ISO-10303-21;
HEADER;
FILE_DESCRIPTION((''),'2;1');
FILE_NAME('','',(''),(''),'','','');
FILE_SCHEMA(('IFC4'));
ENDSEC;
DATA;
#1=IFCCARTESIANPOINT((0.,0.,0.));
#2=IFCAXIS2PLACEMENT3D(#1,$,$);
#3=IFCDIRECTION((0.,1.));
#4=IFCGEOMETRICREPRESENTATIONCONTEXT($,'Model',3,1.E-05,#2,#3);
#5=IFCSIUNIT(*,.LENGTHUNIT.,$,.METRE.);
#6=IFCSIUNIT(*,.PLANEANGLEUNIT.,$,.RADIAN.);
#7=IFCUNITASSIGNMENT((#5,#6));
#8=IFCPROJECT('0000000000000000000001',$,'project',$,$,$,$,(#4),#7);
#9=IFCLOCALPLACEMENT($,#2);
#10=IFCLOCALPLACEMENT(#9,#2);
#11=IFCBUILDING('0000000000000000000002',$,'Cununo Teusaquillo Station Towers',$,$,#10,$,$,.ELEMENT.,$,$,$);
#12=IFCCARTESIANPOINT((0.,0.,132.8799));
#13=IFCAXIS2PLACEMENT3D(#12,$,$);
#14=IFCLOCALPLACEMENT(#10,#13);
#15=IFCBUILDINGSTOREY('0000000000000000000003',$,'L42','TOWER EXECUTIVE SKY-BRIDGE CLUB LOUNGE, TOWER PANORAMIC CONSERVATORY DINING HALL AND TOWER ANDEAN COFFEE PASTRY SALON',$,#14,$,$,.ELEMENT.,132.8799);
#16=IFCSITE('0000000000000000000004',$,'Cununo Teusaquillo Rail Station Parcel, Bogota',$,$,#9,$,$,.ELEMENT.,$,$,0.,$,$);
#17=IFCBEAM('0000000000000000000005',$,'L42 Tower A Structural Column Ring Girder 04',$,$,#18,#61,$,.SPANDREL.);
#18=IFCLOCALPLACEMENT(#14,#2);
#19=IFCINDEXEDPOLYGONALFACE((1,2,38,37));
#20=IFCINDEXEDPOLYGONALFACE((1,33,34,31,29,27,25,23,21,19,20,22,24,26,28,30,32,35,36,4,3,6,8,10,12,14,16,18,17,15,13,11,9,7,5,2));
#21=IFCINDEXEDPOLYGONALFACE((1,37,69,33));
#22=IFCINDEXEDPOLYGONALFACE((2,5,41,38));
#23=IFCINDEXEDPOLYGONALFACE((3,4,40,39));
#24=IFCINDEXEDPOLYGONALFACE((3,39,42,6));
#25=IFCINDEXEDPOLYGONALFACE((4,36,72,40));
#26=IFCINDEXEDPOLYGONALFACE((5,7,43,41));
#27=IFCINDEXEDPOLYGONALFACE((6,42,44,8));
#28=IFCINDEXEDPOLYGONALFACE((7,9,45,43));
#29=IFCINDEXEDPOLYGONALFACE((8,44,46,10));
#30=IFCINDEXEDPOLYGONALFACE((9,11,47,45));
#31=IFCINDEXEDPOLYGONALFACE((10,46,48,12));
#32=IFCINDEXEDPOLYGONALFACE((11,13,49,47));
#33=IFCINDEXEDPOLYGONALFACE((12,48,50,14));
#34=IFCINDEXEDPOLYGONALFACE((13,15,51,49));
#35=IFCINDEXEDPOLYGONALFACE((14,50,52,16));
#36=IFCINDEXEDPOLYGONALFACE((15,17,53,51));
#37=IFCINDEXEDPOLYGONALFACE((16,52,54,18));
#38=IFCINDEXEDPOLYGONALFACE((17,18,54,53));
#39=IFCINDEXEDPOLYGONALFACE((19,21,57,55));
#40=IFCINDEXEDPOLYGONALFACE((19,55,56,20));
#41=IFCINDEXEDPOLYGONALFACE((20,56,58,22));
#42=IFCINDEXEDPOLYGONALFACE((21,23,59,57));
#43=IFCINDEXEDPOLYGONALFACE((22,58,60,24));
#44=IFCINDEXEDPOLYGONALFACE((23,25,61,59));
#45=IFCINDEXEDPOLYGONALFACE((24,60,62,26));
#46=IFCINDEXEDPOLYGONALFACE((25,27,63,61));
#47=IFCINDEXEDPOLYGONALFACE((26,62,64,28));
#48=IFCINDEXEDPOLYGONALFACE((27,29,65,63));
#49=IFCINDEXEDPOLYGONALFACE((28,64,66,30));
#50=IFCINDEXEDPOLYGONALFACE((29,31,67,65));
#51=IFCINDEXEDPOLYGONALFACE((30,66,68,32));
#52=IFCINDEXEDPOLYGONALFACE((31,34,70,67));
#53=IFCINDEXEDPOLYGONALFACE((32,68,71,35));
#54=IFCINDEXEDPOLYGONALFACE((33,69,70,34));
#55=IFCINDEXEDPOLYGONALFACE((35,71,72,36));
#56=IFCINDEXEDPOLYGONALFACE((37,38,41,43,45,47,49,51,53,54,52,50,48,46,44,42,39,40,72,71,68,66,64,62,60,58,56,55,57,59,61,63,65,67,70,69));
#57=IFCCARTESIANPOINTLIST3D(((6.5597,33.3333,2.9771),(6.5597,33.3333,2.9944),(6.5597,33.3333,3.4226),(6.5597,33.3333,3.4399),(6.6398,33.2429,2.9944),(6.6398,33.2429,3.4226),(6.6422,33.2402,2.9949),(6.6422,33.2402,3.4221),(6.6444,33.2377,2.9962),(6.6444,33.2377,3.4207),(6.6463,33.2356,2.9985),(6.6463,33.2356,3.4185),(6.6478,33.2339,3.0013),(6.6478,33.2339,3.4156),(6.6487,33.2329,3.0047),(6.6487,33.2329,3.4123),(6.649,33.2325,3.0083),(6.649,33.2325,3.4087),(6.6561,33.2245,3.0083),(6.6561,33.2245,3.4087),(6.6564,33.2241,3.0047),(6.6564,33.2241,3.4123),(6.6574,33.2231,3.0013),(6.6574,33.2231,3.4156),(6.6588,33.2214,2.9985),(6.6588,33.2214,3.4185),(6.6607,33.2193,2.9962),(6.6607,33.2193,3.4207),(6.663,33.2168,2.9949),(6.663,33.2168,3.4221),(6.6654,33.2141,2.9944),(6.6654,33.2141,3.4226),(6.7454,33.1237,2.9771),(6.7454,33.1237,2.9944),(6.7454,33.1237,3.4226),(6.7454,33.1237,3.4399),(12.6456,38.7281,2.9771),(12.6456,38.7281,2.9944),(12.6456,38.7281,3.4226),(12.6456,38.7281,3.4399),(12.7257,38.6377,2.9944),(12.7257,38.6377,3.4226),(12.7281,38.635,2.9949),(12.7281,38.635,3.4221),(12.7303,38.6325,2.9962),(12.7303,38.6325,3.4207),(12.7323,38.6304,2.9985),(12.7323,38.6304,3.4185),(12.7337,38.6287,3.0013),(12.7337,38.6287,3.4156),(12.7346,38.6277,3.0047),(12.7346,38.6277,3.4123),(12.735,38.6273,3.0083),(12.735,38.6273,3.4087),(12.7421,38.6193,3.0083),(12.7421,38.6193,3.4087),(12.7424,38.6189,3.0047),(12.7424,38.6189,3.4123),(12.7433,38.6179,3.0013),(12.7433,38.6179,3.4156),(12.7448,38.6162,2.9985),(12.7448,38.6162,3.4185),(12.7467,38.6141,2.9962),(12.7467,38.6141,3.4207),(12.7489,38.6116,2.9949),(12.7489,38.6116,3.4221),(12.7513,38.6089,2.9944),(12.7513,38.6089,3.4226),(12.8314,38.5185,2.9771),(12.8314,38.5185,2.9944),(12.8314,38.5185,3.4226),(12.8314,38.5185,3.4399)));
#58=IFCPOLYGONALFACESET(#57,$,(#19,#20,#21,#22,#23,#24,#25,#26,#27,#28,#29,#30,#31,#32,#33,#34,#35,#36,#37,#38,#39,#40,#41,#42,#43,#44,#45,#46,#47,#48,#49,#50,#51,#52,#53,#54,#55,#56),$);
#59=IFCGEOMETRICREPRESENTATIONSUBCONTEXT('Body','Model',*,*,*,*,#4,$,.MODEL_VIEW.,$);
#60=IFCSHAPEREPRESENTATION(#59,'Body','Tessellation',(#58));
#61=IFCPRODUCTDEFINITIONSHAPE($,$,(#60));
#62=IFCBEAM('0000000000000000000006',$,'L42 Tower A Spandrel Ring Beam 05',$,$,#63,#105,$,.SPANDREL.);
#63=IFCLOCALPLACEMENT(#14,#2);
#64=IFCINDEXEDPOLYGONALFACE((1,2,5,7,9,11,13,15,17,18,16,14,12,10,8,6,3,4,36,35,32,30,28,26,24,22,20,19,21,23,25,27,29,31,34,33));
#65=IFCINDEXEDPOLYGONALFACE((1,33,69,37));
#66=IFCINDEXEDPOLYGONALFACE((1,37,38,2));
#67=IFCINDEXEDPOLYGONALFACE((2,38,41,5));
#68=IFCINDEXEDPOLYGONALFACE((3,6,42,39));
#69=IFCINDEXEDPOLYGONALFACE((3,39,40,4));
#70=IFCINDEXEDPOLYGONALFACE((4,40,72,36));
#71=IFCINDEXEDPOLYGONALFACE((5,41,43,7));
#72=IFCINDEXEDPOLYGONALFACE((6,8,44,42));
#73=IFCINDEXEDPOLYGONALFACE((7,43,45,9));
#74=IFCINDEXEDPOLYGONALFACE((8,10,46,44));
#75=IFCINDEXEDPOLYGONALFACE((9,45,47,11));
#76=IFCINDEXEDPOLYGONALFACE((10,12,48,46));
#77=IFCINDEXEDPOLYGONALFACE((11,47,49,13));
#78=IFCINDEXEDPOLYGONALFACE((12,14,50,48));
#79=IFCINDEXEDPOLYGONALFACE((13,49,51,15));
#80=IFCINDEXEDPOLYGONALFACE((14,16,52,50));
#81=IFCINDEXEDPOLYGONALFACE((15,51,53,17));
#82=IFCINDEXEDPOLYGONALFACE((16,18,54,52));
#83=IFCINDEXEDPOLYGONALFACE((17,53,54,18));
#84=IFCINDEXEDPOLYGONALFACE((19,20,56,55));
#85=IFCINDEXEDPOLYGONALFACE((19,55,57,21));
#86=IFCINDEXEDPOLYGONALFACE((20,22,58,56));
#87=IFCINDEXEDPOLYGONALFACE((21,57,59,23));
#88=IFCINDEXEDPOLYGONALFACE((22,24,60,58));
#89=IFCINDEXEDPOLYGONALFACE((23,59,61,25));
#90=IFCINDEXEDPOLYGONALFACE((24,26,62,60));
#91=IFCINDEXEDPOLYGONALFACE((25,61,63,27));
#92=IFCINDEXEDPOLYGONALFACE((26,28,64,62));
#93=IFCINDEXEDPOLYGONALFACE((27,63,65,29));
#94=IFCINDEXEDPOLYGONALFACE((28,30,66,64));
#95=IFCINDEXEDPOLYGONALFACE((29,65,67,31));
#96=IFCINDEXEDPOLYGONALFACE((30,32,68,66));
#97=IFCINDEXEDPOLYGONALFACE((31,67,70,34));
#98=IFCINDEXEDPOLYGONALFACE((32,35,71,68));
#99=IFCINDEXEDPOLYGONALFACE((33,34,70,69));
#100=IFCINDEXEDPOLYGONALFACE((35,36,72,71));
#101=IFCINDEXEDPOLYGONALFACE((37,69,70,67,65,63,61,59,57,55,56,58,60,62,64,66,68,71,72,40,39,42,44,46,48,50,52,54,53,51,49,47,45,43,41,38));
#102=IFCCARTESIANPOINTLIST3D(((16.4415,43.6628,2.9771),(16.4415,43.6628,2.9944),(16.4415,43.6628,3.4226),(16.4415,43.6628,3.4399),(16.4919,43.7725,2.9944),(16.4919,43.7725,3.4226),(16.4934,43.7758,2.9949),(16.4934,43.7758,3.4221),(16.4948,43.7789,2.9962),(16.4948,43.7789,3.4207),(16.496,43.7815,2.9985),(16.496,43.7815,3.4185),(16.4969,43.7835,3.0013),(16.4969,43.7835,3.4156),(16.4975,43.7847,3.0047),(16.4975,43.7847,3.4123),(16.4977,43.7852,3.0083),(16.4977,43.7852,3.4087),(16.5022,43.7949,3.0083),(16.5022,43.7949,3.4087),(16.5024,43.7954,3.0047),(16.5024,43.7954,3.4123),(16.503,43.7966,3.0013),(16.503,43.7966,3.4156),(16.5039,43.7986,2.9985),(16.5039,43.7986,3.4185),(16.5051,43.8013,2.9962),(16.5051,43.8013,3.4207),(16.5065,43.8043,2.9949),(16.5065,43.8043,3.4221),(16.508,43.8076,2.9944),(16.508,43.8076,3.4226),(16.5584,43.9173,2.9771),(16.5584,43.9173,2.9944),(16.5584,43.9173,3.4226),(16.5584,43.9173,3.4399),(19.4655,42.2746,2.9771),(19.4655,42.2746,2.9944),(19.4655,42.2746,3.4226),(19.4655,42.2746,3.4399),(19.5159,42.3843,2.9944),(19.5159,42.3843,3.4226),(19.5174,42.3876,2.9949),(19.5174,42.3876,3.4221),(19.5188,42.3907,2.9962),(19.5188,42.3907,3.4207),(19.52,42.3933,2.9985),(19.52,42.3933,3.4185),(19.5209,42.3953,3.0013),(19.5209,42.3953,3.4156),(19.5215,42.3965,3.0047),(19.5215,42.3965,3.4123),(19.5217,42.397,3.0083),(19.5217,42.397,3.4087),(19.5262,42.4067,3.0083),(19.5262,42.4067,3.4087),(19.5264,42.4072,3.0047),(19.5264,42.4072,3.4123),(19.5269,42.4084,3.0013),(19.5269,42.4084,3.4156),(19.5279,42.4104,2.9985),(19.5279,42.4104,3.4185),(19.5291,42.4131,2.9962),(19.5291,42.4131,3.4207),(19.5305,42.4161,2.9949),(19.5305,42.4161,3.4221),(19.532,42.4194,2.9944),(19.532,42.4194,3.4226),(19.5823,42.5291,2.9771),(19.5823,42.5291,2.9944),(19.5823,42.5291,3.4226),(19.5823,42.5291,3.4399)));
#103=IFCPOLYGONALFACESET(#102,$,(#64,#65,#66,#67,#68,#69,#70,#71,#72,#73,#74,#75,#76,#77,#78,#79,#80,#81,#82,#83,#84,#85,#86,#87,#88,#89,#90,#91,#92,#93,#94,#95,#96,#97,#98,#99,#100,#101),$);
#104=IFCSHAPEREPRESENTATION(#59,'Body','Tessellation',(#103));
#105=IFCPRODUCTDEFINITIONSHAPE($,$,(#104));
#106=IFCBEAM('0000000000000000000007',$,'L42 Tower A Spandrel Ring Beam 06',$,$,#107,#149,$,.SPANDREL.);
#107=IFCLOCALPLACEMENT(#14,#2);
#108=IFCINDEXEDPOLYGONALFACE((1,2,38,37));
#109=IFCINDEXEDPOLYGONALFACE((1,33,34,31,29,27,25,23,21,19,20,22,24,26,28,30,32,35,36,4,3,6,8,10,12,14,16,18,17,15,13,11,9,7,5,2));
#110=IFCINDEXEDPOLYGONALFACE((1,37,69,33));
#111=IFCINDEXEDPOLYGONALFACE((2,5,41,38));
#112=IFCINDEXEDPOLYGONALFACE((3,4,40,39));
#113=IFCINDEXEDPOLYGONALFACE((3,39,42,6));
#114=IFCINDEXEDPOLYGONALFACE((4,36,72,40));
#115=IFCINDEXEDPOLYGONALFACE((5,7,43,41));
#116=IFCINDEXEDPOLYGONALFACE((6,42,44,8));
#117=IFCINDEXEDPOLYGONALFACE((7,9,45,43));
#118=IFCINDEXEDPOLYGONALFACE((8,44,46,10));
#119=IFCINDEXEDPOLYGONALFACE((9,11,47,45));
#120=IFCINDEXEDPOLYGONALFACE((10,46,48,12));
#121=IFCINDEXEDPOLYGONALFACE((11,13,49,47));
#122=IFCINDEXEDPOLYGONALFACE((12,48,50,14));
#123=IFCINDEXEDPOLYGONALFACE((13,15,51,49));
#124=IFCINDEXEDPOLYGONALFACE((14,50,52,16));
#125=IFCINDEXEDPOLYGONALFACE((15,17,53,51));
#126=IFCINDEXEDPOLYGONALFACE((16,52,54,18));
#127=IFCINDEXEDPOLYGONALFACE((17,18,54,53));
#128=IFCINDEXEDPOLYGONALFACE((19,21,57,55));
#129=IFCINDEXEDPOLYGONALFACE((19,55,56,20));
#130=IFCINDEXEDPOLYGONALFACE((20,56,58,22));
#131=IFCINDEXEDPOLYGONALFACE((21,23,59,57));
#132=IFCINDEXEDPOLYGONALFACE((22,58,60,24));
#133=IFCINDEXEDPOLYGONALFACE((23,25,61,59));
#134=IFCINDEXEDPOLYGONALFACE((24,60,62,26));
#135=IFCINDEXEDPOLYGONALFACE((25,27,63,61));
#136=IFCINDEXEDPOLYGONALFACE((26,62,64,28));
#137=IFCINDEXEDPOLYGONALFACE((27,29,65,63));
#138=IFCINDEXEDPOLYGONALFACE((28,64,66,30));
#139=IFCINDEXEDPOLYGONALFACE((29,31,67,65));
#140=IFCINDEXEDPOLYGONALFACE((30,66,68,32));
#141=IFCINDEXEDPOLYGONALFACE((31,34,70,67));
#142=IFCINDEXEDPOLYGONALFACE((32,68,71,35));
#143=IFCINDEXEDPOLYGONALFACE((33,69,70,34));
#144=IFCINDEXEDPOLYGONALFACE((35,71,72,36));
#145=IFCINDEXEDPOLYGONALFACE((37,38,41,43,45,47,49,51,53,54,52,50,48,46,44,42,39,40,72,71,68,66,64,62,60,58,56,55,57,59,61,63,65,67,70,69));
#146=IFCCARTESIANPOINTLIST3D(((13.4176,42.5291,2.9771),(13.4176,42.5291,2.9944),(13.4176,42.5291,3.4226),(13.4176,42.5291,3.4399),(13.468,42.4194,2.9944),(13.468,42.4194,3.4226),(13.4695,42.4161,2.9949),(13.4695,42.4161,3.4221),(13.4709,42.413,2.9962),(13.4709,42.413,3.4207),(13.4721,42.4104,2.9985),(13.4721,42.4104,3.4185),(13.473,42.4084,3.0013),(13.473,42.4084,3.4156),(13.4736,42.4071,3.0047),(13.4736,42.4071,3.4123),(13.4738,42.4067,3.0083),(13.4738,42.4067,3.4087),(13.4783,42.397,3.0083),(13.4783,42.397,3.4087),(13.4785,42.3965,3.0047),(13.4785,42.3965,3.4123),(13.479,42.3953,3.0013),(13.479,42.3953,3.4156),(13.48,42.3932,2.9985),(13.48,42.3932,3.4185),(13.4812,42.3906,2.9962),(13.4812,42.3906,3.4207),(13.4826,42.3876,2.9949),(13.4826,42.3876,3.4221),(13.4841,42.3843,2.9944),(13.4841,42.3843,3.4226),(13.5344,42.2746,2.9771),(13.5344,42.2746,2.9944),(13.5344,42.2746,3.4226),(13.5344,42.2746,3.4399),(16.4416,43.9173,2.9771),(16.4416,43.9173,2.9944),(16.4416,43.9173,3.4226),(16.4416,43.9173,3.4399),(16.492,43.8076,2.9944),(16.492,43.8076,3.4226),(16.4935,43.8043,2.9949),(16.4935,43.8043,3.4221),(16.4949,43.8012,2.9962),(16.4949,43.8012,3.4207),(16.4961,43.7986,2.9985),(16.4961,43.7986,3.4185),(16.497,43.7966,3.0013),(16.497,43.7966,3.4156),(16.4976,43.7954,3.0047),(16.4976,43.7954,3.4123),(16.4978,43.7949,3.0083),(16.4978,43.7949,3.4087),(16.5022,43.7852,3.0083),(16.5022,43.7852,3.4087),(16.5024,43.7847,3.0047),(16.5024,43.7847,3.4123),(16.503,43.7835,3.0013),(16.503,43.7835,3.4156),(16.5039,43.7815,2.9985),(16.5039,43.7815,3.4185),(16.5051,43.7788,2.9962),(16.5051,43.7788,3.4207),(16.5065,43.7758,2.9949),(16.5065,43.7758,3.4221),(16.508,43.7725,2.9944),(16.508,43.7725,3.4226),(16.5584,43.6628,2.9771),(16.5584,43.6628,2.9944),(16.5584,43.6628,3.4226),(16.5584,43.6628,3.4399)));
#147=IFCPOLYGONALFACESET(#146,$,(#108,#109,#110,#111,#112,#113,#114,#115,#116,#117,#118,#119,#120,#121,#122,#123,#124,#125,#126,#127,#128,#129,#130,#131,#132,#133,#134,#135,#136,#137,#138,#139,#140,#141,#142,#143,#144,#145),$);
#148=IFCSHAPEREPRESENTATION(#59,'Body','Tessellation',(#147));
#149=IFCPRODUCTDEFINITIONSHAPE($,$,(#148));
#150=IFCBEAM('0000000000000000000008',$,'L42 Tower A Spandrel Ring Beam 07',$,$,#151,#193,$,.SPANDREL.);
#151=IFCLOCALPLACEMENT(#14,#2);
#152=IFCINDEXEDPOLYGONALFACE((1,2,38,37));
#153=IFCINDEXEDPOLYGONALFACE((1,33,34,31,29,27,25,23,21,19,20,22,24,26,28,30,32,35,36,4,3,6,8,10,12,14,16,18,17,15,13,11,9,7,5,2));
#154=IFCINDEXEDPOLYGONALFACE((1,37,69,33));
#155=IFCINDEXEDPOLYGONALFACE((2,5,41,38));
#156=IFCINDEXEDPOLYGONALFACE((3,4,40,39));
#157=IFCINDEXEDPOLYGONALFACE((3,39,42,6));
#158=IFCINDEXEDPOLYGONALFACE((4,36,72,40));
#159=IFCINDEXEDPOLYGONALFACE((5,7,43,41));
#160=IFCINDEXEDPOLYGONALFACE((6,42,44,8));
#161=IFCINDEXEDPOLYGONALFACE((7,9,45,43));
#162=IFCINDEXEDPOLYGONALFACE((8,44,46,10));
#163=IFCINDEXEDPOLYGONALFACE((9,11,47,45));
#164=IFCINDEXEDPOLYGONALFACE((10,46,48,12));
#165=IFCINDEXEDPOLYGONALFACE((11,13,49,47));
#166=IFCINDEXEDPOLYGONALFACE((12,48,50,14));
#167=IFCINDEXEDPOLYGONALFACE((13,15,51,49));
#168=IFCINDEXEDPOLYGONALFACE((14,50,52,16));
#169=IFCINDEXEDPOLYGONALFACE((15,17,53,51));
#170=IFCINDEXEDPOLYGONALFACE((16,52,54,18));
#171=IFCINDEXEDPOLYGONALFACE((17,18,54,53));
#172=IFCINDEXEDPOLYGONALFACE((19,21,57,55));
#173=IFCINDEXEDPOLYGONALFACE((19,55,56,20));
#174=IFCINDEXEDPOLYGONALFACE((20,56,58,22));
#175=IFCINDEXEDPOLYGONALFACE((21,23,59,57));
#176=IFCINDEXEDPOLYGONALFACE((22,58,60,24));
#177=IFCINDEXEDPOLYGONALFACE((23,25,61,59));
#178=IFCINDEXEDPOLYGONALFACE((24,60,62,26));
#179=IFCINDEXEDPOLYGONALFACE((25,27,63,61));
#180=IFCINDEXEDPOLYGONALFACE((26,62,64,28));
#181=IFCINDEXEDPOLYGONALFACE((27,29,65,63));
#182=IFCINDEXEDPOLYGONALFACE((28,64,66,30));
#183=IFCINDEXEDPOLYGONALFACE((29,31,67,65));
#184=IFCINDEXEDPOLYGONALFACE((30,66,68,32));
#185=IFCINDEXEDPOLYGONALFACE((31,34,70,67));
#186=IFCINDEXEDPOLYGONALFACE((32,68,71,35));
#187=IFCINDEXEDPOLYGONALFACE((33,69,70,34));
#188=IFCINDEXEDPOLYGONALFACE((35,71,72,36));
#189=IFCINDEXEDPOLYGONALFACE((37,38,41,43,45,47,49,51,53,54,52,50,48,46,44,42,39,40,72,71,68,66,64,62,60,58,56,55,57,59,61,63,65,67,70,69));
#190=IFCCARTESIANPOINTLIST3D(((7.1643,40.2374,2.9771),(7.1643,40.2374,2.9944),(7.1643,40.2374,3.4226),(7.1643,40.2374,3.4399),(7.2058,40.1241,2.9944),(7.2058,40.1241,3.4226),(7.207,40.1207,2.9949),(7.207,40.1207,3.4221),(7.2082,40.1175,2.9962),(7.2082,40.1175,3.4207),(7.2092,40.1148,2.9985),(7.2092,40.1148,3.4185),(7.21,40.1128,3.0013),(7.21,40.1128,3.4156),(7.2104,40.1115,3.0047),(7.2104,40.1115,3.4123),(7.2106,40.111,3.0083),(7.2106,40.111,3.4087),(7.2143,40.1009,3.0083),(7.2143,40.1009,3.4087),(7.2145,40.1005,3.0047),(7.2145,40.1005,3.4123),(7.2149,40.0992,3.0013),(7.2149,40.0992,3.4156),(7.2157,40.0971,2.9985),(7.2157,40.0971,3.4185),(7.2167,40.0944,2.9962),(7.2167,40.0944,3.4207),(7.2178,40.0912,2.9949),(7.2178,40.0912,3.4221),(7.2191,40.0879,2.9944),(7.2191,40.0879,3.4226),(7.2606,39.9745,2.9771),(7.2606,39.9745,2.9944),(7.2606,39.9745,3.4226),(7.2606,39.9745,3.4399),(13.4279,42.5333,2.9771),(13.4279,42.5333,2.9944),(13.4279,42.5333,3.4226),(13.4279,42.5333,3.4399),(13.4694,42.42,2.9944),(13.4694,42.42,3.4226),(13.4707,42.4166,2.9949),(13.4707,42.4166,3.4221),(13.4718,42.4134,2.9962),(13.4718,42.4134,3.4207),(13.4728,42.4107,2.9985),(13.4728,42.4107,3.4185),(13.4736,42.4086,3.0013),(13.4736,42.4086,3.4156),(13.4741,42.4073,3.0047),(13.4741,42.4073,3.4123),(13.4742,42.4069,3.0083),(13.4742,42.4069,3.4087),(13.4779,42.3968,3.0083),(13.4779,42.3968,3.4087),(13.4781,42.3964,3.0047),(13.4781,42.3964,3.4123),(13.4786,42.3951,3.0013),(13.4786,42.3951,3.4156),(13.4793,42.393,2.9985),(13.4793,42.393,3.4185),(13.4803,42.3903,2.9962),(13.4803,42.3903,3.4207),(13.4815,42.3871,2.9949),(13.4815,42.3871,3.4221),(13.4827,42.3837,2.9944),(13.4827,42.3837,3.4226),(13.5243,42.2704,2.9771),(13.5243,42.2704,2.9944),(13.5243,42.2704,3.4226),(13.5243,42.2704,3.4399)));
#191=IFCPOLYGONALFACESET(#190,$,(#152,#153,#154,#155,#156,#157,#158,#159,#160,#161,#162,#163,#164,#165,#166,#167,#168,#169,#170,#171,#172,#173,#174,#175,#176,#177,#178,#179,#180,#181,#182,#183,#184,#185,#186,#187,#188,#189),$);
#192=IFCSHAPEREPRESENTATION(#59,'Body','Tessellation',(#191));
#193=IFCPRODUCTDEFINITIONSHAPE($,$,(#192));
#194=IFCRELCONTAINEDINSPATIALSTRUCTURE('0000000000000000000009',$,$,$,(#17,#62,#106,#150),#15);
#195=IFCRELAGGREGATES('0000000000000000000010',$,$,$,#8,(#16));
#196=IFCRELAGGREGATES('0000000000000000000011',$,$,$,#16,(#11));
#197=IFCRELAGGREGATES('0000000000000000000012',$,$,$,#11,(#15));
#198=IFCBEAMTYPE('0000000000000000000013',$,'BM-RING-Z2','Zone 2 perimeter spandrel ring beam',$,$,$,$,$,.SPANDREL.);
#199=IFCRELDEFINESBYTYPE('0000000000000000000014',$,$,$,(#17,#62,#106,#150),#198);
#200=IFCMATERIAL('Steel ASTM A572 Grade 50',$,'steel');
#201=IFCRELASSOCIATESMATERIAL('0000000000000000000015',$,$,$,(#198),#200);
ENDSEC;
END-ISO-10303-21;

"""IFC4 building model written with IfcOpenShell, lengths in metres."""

from ifc_helpers import new_model, si_unit, direction, frame, origin, origin_2d, place, context, subcontext, project, spatial, i_section, extrude, material, material_profile, profile_set, type_object, element, save


model = new_model("IFC4")

# Units and contexts
model_context = context("Model", 3, precision=1e-05, world=origin(), true_north=direction((0.0, 1.0)))
body_context = subcontext(model_context, "Body", "Model", "MODEL_VIEW")
ifc_project = project(units=[si_unit("LENGTHUNIT", "METRE"), si_unit("PLANEANGLEUNIT", "RADIAN")], contexts=[model_context])

# Site, building, storey
site_placement = place(None, origin())
site = spatial("IfcSite", under=ifc_project, at=site_placement, Name="Cununo Teusaquillo Rail Station Parcel, Bogota", CompositionType="ELEMENT", RefElevation=0.0)
building_placement = place(site_placement, origin())
building = spatial("IfcBuilding", under=site, at=building_placement, Name="Cununo Teusaquillo Station Towers", CompositionType="ELEMENT")
storey_placement = place(building_placement, frame((0.0, 0.0, 132.8799)))
storey = spatial("IfcBuildingStorey", under=building, at=storey_placement, Name="L42", Description="TOWER EXECUTIVE SKY-BRIDGE CLUB LOUNGE, TOWER PANORAMIC CONSERVATORY DINING HALL AND TOWER ANDEAN COFFEE PASTRY SALON", CompositionType="ELEMENT", Elevation=132.8799)

# Beams
ifc_material_1 = material(Name="Steel ASTM A572 Grade 50", Category="steel")
ifc_material_profile_1 = material_profile(ifc_material_1, i_section(OverallWidth=0.28, OverallDepth=0.4629, WebThickness=0.0107, FlangeThickness=0.0173, FilletRadius=0.0139, at=origin_2d()), Name="W18X76")
ifc_profile_set_1 = profile_set([ifc_material_profile_1], Name="Steel ASTM A572 Grade 50")
beam_type = type_object("IfcBeamType", Name="BM-RING-Z2", Description="Zone 2 perimeter spandrel ring beam", PredefinedType="SPANDREL", material=ifc_profile_set_1)
beam_1_placement = place(storey_placement, frame((12.7385, 38.6233, 3.2085), z_axis=(-0.748321, -0.663337, 0.0), x_axis=(0.663337, -0.748321, 0.0)))
element("IfcBeam", 1, at=beam_1_placement, inside=storey, type_object=beam_type, Name="L42 Tower A Structural Column Ring Girder 04", PredefinedType="SPANDREL", context=body_context, shape_type="SweptSolid", body=[
    extrude(i_section(OverallWidth=0.28, OverallDepth=0.4629, WebThickness=0.0107, FlangeThickness=0.0173, FilletRadius=0.0139, at=origin_2d()), origin(), (0.0, 0.0, 1.0), 8.1328),
])
for number, where, z_axis, x_axis, name in (
    (2, (19.5239, 42.4019, 3.2085), (-0.908812, 0.417205, 0.0), (-0.417205, -0.908812, 0.0), "L42 Tower A Spandrel Ring Beam 05"),
    (3, (16.5, 43.79, 3.2085), (-0.908812, -0.417205, 0.0), (0.417205, -0.908812, 0.0), "L42 Tower A Spandrel Ring Beam 06"),
):
    element("IfcBeam", number, at=place(storey_placement, frame(where, z_axis=z_axis, x_axis=x_axis)), inside=storey, type_object=beam_type, Name=name, PredefinedType="SPANDREL", context=body_context, shape_type="SweptSolid", body=[
        extrude(i_section(OverallWidth=0.28, OverallDepth=0.4629, WebThickness=0.0107, FlangeThickness=0.0173, FilletRadius=0.0139, at=origin_2d()), origin(), (0.0, 0.0, 1.0), 3.3274),
    ])
beam_2_placement = place(storey_placement, frame((13.4761, 42.4019, 3.2085), z_axis=(-0.938914, -0.344151, 0.0), x_axis=(0.344151, -0.938914, 0.0)))
element("IfcBeam", 4, at=beam_2_placement, inside=storey, type_object=beam_type, Name="L42 Tower A Spandrel Ring Beam 07", PredefinedType="SPANDREL", context=body_context, shape_type="SweptSolid", body=[
    extrude(i_section(OverallWidth=0.28, OverallDepth=0.4629, WebThickness=0.0107, FlangeThickness=0.0173, FilletRadius=0.0139, at=origin_2d()), origin(), (0.0, 0.0, 1.0), 6.6711),
])

save(model, "model.ifc")
